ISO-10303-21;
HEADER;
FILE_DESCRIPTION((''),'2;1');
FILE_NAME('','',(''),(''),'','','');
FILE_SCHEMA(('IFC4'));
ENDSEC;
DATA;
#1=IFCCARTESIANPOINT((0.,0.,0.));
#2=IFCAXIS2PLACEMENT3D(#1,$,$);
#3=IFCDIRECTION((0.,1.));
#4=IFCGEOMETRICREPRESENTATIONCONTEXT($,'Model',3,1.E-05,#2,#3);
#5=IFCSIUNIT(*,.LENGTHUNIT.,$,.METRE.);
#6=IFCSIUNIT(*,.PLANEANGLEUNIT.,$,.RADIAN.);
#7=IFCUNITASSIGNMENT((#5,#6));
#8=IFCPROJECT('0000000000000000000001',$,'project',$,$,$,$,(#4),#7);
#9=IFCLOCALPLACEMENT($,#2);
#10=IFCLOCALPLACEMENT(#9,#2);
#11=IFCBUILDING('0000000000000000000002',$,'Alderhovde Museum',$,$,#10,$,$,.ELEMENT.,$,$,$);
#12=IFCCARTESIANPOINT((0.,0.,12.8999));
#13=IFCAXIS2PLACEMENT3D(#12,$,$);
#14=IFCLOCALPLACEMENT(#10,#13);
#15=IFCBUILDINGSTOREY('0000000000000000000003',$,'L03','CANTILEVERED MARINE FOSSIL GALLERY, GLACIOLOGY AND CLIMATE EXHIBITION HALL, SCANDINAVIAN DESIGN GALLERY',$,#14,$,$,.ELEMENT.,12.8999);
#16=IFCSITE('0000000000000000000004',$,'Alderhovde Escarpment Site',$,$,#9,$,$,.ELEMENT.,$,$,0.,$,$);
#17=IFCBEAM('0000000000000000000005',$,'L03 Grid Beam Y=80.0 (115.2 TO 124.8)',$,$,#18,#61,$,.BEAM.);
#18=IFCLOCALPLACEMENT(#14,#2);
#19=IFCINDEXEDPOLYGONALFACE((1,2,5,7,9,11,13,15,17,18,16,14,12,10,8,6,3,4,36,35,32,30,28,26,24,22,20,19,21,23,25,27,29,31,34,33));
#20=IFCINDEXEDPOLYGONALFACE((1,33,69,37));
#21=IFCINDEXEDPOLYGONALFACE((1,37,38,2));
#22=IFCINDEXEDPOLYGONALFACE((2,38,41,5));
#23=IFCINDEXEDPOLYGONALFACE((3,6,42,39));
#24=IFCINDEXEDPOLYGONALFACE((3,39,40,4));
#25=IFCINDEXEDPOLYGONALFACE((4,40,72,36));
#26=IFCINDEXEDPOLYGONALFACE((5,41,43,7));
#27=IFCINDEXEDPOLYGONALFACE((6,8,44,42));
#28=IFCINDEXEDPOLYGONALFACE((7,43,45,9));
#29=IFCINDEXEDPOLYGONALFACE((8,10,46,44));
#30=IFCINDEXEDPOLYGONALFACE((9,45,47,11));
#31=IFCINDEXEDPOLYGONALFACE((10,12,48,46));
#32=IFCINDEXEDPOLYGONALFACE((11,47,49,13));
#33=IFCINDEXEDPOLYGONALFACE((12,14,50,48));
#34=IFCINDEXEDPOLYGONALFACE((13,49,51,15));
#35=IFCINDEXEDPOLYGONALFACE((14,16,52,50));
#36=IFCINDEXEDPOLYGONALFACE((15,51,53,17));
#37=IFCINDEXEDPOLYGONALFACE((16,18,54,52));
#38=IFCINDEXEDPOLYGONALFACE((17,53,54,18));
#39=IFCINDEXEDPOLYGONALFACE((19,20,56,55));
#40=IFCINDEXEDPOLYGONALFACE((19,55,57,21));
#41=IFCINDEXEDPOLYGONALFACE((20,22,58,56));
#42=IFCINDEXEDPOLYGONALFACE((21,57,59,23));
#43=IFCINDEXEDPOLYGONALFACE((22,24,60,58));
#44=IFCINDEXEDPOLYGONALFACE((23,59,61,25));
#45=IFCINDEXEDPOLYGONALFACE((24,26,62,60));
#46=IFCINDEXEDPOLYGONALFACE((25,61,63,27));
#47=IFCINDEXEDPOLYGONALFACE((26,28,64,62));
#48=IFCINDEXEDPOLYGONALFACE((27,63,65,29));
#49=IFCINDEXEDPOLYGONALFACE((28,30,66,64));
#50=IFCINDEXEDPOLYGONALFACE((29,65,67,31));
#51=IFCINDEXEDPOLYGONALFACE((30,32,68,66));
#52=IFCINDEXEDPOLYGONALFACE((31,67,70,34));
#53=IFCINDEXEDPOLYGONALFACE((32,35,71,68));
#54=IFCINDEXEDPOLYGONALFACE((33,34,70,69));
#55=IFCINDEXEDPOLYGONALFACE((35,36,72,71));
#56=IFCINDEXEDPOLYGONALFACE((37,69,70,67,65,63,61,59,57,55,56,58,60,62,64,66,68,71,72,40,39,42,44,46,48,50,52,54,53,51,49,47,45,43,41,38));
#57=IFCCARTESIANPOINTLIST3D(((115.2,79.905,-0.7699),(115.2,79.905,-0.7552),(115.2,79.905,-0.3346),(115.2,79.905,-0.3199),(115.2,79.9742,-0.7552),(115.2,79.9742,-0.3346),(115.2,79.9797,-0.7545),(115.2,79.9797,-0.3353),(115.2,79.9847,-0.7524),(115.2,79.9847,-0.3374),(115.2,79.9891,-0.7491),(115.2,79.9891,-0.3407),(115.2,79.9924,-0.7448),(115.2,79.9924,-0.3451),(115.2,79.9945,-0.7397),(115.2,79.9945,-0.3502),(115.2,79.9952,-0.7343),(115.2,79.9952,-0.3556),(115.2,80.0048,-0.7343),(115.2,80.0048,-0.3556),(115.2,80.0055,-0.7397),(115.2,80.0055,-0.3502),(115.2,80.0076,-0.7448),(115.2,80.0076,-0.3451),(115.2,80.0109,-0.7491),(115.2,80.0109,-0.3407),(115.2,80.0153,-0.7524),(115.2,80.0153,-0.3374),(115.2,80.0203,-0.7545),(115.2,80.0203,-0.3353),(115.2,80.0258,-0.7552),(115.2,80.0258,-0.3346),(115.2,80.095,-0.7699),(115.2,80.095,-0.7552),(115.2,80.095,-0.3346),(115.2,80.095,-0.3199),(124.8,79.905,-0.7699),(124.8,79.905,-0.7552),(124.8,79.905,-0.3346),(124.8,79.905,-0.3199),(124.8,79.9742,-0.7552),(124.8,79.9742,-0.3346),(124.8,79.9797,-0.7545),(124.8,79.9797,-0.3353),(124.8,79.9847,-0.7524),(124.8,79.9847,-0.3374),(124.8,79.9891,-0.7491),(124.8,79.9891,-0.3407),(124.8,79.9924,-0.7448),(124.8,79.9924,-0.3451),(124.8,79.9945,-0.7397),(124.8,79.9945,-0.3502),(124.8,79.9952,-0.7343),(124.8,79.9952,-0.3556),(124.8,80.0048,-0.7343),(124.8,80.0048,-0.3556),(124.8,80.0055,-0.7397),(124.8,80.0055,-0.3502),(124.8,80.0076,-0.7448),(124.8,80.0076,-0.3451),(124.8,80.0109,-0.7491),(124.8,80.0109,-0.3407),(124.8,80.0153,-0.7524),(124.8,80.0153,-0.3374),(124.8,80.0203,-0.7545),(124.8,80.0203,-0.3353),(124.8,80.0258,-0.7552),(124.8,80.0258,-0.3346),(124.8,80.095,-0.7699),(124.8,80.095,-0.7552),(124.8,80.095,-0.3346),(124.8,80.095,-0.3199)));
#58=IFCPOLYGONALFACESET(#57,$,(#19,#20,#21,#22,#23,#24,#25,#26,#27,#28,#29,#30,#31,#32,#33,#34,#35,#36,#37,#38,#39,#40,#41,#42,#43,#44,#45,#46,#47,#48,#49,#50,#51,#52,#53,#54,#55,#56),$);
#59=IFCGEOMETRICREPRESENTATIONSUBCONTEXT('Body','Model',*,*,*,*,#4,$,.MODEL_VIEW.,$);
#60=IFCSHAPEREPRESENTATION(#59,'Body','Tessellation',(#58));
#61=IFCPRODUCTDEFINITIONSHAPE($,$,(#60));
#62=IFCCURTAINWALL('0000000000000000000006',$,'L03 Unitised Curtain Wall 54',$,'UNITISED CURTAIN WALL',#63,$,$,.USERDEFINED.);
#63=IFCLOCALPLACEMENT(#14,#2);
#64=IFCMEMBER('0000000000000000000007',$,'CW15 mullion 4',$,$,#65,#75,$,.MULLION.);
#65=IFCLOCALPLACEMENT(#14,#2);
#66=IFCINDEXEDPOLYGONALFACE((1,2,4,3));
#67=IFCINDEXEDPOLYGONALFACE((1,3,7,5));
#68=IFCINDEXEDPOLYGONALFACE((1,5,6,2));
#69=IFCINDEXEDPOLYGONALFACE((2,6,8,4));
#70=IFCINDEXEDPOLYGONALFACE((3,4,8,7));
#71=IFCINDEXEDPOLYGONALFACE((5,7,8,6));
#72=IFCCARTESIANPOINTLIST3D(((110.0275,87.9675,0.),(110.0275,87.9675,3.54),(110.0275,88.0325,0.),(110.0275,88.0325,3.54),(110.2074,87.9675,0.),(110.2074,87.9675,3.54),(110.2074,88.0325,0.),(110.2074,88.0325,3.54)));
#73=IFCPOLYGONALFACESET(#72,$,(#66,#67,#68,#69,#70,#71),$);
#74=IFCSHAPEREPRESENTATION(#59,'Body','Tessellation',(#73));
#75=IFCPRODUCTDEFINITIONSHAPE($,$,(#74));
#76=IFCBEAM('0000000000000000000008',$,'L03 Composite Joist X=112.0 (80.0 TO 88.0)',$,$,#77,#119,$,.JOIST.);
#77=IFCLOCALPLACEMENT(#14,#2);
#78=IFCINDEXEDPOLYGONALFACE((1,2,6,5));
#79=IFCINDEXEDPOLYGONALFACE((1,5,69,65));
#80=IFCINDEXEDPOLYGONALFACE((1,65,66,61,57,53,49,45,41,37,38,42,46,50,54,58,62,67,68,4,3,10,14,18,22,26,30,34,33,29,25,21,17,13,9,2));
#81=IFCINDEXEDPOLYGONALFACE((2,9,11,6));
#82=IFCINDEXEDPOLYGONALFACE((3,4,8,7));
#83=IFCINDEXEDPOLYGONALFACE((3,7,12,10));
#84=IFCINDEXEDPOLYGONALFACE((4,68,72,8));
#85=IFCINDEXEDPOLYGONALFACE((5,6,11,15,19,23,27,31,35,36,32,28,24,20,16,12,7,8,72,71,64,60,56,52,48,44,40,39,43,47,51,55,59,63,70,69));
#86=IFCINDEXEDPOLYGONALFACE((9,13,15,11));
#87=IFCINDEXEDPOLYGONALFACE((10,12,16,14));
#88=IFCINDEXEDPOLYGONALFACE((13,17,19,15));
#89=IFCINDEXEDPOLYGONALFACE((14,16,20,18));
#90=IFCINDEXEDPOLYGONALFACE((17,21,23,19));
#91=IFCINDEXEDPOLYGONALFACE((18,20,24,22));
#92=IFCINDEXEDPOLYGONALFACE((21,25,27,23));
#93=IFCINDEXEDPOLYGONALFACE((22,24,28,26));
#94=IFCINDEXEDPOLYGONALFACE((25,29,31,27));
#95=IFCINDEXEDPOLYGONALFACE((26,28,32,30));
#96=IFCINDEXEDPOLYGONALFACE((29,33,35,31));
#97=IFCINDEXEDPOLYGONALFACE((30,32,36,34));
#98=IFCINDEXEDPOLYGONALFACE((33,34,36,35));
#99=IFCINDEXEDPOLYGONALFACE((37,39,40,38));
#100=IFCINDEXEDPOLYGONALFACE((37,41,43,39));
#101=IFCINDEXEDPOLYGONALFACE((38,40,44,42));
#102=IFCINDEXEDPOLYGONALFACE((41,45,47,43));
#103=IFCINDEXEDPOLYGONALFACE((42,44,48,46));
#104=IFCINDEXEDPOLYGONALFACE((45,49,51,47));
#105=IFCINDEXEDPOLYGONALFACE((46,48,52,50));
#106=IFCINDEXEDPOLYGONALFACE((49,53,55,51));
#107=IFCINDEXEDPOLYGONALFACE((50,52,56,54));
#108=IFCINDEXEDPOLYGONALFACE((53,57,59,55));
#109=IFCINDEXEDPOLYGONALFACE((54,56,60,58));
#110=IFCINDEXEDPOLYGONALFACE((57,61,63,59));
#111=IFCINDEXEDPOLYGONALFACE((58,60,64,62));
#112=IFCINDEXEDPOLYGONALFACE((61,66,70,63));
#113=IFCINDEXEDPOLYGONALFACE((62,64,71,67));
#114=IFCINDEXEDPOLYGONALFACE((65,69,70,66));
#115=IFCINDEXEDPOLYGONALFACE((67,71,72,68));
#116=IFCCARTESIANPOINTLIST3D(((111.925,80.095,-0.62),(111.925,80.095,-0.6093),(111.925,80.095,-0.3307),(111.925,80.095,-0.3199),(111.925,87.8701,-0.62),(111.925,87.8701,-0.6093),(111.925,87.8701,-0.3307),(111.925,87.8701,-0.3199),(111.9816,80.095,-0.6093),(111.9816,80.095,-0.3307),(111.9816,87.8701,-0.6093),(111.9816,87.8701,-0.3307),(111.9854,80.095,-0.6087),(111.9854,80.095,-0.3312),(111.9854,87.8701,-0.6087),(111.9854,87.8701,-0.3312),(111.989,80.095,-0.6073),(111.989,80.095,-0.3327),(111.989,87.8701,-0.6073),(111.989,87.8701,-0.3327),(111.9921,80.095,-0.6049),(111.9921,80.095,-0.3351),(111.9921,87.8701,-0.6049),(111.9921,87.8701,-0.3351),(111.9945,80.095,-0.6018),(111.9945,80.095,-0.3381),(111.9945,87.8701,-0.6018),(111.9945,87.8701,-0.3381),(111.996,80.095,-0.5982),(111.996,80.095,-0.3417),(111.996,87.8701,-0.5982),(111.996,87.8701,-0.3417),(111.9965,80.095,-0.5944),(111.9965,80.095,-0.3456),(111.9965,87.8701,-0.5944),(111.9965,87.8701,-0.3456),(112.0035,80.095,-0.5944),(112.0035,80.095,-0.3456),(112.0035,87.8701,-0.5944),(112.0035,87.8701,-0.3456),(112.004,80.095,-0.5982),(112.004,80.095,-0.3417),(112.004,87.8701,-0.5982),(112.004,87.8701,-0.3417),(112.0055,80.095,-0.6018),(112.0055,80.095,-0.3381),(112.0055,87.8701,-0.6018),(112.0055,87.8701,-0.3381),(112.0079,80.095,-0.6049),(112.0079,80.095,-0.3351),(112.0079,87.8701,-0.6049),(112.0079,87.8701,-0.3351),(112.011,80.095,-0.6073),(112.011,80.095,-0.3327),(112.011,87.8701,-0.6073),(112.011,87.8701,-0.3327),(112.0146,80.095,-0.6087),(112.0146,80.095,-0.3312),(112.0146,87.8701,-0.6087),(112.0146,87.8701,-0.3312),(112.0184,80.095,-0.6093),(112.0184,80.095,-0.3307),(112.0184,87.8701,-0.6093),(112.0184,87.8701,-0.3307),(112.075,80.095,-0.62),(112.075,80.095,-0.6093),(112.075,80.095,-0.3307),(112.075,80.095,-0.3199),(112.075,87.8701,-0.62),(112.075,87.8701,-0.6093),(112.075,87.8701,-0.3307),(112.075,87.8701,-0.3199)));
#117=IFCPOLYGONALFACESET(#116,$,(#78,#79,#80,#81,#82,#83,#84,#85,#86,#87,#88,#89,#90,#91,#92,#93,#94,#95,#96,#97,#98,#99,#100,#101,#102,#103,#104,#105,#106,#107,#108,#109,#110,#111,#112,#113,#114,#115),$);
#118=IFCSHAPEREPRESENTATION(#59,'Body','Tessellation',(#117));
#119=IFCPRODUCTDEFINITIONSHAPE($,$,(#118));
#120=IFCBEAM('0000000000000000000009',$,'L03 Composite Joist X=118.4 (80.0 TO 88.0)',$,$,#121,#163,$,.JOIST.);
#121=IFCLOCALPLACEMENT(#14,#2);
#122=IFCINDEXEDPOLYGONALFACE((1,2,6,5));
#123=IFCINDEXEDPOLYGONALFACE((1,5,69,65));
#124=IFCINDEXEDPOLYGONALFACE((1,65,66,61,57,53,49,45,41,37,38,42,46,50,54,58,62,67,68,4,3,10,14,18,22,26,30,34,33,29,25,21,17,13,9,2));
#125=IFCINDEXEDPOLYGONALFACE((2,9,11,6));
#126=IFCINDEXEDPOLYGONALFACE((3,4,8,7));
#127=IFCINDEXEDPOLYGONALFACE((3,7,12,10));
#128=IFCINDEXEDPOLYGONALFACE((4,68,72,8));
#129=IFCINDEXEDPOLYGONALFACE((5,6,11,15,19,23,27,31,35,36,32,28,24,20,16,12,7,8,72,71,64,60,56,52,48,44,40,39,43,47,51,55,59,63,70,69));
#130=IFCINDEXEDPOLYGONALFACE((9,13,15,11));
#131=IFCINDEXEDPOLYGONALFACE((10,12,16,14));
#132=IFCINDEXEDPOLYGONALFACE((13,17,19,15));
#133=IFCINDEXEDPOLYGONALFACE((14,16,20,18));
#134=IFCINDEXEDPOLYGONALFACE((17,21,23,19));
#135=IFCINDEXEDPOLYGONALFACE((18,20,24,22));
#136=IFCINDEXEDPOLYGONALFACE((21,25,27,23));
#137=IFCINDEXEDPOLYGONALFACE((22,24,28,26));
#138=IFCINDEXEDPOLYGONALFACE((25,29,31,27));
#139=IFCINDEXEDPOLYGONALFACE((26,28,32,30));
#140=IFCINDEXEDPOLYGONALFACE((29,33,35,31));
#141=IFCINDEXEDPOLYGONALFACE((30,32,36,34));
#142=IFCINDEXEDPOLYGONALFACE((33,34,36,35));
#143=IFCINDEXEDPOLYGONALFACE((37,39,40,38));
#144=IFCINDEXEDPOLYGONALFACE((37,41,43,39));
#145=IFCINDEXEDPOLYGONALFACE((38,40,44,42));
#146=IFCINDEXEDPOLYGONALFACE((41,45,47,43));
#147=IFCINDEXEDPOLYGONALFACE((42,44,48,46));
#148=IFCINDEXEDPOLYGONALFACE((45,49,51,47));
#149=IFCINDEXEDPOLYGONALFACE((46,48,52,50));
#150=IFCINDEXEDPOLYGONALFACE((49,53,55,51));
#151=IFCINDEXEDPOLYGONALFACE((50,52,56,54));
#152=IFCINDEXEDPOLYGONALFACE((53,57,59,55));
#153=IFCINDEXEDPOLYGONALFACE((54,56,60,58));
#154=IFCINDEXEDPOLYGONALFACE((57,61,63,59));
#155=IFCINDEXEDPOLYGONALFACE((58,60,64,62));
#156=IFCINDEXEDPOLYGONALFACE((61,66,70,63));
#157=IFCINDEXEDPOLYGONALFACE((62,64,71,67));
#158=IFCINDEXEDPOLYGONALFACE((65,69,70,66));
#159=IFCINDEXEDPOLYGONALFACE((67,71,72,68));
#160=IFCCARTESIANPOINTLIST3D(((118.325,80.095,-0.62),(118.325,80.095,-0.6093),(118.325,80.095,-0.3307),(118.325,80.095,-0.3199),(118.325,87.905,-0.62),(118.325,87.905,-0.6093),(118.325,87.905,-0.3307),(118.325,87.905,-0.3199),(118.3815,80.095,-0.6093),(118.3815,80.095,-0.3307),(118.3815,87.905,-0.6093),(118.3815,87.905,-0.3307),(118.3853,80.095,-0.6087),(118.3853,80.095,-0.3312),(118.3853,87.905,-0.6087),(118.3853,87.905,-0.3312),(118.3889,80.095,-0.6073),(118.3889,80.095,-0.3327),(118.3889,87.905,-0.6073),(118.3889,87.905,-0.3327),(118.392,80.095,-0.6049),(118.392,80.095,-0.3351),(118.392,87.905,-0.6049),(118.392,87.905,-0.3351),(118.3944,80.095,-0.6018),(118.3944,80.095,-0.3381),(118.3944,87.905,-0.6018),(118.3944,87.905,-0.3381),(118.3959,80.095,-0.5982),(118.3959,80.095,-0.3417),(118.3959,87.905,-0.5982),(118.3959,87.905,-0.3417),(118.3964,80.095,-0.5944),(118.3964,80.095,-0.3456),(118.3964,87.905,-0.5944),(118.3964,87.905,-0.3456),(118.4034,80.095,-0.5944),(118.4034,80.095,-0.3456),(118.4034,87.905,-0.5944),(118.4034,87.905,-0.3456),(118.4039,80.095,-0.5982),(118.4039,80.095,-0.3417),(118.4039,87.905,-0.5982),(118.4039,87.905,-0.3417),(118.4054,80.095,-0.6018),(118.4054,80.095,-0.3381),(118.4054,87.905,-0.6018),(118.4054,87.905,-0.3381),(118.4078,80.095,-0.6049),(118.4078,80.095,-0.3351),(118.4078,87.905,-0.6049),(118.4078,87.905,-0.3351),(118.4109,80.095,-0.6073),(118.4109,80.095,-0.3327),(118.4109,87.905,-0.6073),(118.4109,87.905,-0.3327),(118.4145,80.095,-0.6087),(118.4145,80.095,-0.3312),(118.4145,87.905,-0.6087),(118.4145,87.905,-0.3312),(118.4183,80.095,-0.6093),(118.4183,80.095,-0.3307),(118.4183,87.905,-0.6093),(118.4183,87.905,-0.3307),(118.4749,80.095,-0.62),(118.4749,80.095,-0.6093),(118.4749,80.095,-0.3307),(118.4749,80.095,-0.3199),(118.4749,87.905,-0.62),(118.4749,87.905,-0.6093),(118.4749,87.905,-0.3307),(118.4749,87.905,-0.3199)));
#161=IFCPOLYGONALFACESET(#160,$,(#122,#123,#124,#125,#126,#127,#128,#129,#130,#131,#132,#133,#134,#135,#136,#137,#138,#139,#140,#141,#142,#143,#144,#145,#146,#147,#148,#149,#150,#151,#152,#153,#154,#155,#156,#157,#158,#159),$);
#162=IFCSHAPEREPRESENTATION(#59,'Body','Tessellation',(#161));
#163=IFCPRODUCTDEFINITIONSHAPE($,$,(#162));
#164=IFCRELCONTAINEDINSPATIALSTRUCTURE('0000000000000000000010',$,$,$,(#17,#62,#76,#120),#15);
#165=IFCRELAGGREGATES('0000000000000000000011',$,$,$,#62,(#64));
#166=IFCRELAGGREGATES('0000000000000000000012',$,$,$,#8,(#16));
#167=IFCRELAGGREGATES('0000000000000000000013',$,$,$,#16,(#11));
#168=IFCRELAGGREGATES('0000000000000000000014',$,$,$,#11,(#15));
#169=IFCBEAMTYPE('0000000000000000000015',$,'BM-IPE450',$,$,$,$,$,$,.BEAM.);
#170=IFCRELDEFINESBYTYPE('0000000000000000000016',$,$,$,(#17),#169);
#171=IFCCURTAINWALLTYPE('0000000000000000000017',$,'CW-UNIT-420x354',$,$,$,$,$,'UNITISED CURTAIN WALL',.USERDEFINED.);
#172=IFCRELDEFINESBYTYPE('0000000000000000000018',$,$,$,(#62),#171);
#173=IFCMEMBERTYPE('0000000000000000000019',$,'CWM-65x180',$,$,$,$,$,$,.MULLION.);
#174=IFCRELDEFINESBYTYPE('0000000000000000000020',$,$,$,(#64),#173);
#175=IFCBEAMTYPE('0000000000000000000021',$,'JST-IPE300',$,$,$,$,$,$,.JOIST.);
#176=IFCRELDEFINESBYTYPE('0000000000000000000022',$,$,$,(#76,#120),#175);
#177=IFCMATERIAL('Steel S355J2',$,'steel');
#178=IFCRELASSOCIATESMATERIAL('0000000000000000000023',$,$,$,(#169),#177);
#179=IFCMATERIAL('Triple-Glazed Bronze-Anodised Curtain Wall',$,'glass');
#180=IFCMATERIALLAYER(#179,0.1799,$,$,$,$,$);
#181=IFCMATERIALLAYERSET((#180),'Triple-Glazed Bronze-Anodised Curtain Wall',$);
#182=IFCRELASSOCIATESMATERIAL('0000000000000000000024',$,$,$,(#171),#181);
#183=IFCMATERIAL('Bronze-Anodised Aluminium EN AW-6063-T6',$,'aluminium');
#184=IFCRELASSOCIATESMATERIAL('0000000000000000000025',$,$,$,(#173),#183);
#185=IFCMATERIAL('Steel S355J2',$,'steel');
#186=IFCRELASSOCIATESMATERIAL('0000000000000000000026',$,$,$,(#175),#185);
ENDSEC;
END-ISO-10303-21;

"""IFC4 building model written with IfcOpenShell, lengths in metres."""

from ifc_helpers import new_model, si_unit, direction, frame, origin, origin_2d, place, context, subcontext, project, spatial, rectangle, i_section, extrude, material, layer, layer_set, material_profile, profile_set, type_object, element, aggregate, save


model = new_model("IFC4")

# Units and contexts
model_context = context("Model", 3, precision=1e-05, world=origin(), true_north=direction((0.0, 1.0)))
body_context = subcontext(model_context, "Body", "Model", "MODEL_VIEW")
ifc_project = project(units=[si_unit("LENGTHUNIT", "METRE"), si_unit("PLANEANGLEUNIT", "RADIAN")], contexts=[model_context])

# Site, building, storey
site_placement = place(None, origin())
site = spatial("IfcSite", under=ifc_project, at=site_placement, Name="Alderhovde Escarpment Site", CompositionType="ELEMENT", RefElevation=0.0)
building_placement = place(site_placement, origin())
building = spatial("IfcBuilding", under=site, at=building_placement, Name="Alderhovde Museum", CompositionType="ELEMENT")
storey_placement = place(building_placement, frame((0.0, 0.0, 12.8999)))
storey = spatial("IfcBuildingStorey", under=building, at=storey_placement, Name="L03", Description="CANTILEVERED MARINE FOSSIL GALLERY, GLACIOLOGY AND CLIMATE EXHIBITION HALL, SCANDINAVIAN DESIGN GALLERY", CompositionType="ELEMENT", Elevation=12.8999)

# Beam
ifc_material_1 = material(Name="Steel S355J2", Category="steel")
ifc_material_profile_1 = material_profile(ifc_material_1, i_section(OverallWidth=0.1899, OverallDepth=0.45, WebThickness=0.0095, FlangeThickness=0.0146, FilletRadius=0.021, at=origin_2d()), Name="IPE 450")
ifc_profile_set_1 = profile_set([ifc_material_profile_1], Name="Steel S355J2")
beam_type_1 = type_object("IfcBeamType", Name="BM-IPE450", PredefinedType="BEAM", material=ifc_profile_set_1)
beam_1_placement = place(storey_placement, frame((115.2, 80.0, -0.5449), z_axis=(1.0, 0.0, 0.0), x_axis=(0.0, 1.0, 0.0)))
element("IfcBeam", 1, at=beam_1_placement, inside=storey, type_object=beam_type_1, Name="L03 Grid Beam Y=80.0 (115.2 TO 124.8)", PredefinedType="BEAM", context=body_context, shape_type="SweptSolid", body=[
    extrude(i_section(OverallWidth=0.1899, OverallDepth=0.45, WebThickness=0.0095, FlangeThickness=0.0146, FilletRadius=0.021, at=origin_2d()), origin(), (0.0, 0.0, 1.0), 9.6001),
])

# Curtain wall, member
ifc_material_2 = material(Name="Triple-Glazed Bronze-Anodised Curtain Wall", Category="glass")
ifc_layer_1 = layer(ifc_material_2, 0.1799)
ifc_layer_set_1 = layer_set([ifc_layer_1], Name="Triple-Glazed Bronze-Anodised Curtain Wall")
curtain_wall_type = type_object("IfcCurtainWallType", Name="CW-UNIT-420x354", ElementType="UNITISED CURTAIN WALL", PredefinedType="USERDEFINED", material=ifc_layer_set_1)
curtain_wall_placement = place(storey_placement, origin())
curtain_wall = element("IfcCurtainWall", 2, at=curtain_wall_placement, inside=storey, type_object=curtain_wall_type, Name="L03 Unitised Curtain Wall 54", ObjectType="UNITISED CURTAIN WALL", PredefinedType="USERDEFINED")
ifc_material_3 = material(Name="Bronze-Anodised Aluminium EN AW-6063-T6", Category="aluminium")
ifc_material_profile_2 = material_profile(ifc_material_3, rectangle(XDim=0.0649, YDim=0.1799, at=origin_2d()), Name="MULLION 65x180")
ifc_profile_set_2 = profile_set([ifc_material_profile_2], Name="Bronze-Anodised Aluminium EN AW-6063-T6")
member_type = type_object("IfcMemberType", Name="CWM-65x180", PredefinedType="MULLION", material=ifc_profile_set_2)
member_placement = place(storey_placement, frame((110.1174, 88.0, 0.0), z_axis=(0.0, 0.0, 1.0), x_axis=(0.0, 1.0, 0.0)))
member = element("IfcMember", 3, at=member_placement, type_object=member_type, Name="CW15 mullion 4", PredefinedType="MULLION", context=body_context, shape_type="SweptSolid", body=[
    extrude(rectangle(XDim=0.0649, YDim=0.1799, at=origin_2d()), origin(), (0.0, 0.0, 1.0), 3.54),
])
aggregate(curtain_wall, [member])

# Beams
ifc_material_4 = material(Name="Steel S355J2", Category="steel")
ifc_material_profile_3 = material_profile(ifc_material_4, i_section(OverallWidth=0.1499, OverallDepth=0.3, WebThickness=0.0071, FlangeThickness=0.0107, FilletRadius=0.0149, at=origin_2d()), Name="IPE 300")
ifc_profile_set_3 = profile_set([ifc_material_profile_3], Name="Steel S355J2")
beam_type_2 = type_object("IfcBeamType", Name="JST-IPE300", PredefinedType="JOIST", material=ifc_profile_set_3)
beam_2_placement = place(storey_placement, frame((112.0, 80.095, -0.47), z_axis=(0.0, 1.0, 0.0), x_axis=(-1.0, 0.0, 0.0)))
element("IfcBeam", 4, at=beam_2_placement, inside=storey, type_object=beam_type_2, Name="L03 Composite Joist X=112.0 (80.0 TO 88.0)", PredefinedType="JOIST", context=body_context, shape_type="SweptSolid", body=[
    extrude(i_section(OverallWidth=0.1499, OverallDepth=0.3, WebThickness=0.0071, FlangeThickness=0.0107, FilletRadius=0.0149, at=origin_2d()), origin(), (0.0, 0.0, 1.0), 7.7751),
])
for number, where, z_axis, x_axis, name in (
    (5, (118.3999, 80.095, -0.47), (0.0, 1.0, 0.0), (-1.0, 0.0, 0.0), "L03 Composite Joist X=118.4 (80.0 TO 88.0)"),
):
    element("IfcBeam", number, at=place(storey_placement, frame(where, z_axis=z_axis, x_axis=x_axis)), inside=storey, type_object=beam_type_2, Name=name, PredefinedType="JOIST", context=body_context, shape_type="SweptSolid", body=[
        extrude(i_section(OverallWidth=0.1499, OverallDepth=0.3, WebThickness=0.0071, FlangeThickness=0.0107, FilletRadius=0.0149, at=origin_2d()), origin(), (0.0, 0.0, 1.0), 7.8101),
    ])

save(model, "model.ifc")
